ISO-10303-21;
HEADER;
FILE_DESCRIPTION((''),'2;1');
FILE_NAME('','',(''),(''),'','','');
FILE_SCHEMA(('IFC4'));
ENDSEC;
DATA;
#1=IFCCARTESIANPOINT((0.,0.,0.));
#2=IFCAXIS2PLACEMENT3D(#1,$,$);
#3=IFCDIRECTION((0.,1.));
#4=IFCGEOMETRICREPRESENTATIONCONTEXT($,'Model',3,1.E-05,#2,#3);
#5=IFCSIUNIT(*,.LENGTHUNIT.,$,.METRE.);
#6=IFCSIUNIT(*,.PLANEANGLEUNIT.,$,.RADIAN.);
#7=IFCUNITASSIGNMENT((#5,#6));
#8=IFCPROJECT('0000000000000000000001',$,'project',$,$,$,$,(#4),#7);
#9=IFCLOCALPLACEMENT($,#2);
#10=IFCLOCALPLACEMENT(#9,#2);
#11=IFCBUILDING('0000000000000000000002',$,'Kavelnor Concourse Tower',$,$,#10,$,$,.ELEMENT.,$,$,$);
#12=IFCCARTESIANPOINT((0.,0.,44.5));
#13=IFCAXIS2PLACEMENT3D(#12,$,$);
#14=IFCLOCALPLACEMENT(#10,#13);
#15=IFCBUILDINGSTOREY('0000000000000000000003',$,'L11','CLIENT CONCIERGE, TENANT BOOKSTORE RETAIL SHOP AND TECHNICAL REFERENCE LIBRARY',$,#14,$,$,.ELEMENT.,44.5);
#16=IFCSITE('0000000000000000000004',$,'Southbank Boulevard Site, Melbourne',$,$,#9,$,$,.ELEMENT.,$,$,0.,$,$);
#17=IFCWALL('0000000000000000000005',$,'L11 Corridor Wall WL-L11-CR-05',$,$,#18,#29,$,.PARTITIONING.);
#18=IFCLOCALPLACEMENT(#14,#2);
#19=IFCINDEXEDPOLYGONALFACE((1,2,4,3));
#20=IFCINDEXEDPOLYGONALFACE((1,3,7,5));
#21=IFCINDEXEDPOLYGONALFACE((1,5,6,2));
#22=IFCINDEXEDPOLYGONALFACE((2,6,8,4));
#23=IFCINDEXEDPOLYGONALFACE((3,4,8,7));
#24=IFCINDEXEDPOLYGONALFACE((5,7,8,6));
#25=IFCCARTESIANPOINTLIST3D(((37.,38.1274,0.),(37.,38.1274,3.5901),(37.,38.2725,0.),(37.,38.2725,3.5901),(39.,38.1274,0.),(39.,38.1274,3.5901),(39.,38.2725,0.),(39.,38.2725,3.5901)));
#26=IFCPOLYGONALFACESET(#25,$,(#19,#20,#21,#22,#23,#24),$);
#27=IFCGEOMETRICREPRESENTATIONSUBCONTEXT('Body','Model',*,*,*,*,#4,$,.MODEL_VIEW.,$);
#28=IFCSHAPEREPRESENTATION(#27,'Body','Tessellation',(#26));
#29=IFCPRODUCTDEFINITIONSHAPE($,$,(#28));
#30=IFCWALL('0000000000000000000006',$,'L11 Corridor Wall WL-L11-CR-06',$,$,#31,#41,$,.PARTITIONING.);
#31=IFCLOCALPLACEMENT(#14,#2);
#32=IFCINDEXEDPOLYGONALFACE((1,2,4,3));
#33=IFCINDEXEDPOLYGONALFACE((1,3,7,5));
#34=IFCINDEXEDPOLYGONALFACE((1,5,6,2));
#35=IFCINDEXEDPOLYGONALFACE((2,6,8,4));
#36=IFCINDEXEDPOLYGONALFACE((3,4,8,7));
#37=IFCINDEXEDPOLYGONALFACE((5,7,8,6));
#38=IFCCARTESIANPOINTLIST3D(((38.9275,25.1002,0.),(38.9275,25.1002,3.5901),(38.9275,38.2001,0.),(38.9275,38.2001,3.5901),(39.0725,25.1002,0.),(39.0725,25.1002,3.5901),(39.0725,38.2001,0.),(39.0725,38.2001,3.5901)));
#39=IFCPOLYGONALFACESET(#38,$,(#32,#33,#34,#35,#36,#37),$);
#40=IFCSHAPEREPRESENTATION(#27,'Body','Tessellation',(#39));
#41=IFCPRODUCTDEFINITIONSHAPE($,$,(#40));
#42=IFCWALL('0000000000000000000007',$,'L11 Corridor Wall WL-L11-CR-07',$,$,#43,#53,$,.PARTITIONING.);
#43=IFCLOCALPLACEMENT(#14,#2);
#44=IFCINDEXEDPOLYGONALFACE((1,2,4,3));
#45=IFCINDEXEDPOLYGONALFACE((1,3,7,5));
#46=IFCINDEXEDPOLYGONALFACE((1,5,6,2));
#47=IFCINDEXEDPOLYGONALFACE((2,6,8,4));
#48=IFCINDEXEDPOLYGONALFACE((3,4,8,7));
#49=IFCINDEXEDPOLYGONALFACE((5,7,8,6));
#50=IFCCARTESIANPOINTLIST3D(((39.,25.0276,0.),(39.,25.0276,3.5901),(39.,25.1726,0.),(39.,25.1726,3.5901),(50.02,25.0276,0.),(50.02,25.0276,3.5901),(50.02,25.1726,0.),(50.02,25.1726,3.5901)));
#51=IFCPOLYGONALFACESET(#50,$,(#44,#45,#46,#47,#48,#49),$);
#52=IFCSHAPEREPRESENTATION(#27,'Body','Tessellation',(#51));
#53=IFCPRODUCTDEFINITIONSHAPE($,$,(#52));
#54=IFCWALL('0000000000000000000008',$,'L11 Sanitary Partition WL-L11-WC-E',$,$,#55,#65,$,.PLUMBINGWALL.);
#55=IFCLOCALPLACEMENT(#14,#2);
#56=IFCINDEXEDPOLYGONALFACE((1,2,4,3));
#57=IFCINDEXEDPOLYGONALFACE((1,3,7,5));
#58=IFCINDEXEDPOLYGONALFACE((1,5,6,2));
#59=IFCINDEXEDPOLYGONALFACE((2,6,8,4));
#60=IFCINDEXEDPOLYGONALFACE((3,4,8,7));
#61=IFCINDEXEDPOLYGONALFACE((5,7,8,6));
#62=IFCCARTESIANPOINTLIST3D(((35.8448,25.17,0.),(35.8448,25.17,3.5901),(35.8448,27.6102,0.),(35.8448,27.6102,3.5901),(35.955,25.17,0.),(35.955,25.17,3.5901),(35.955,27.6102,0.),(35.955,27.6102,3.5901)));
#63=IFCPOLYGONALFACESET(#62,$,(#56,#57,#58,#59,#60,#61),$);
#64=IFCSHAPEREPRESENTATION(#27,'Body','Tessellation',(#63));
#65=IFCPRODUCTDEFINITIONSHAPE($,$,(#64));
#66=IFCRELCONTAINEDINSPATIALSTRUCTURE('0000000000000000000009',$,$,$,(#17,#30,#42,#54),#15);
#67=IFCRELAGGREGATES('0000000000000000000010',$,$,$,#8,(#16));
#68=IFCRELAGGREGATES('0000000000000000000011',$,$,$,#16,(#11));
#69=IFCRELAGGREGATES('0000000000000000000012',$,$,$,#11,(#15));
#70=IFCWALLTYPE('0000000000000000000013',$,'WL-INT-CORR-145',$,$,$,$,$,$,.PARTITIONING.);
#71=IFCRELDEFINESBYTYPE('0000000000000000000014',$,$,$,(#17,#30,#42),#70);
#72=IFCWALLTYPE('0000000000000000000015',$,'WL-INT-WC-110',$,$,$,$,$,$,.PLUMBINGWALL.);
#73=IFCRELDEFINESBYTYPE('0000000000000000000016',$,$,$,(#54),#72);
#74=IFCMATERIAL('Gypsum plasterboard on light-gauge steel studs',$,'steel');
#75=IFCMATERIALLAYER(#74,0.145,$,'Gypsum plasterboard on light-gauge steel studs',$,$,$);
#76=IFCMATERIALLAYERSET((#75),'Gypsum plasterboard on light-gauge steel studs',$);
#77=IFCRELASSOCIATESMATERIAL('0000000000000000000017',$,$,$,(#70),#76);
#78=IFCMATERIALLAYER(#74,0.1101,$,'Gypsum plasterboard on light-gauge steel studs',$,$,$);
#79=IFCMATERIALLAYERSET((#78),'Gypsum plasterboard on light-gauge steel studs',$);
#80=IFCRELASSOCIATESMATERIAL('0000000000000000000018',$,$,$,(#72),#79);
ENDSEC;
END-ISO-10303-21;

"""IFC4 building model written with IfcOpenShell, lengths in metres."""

from ifc_helpers import new_model, si_unit, direction, frame, frame_2d, origin, place, context, subcontext, project, spatial, rectangle, extrude, material, layer, layer_set, type_object, element, save


model = new_model("IFC4")

# Units and contexts
model_context = context("Model", 3, precision=1e-05, world=origin(), true_north=direction((0.0, 1.0)))
body_context = subcontext(model_context, "Body", "Model", "MODEL_VIEW")
ifc_project = project(units=[si_unit("LENGTHUNIT", "METRE"), si_unit("PLANEANGLEUNIT", "RADIAN")], contexts=[model_context])

# Site, building, storey
site_placement = place(None, origin())
site = spatial("IfcSite", under=ifc_project, at=site_placement, Name="Southbank Boulevard Site, Melbourne", CompositionType="ELEMENT", RefElevation=0.0)
building_placement = place(site_placement, origin())
building = spatial("IfcBuilding", under=site, at=building_placement, Name="Kavelnor Concourse Tower", CompositionType="ELEMENT")
storey_placement = place(building_placement, frame((0.0, 0.0, 44.5)))
storey = spatial("IfcBuildingStorey", under=building, at=storey_placement, Name="L11", Description="CLIENT CONCIERGE, TENANT BOOKSTORE RETAIL SHOP AND TECHNICAL REFERENCE LIBRARY", CompositionType="ELEMENT", Elevation=44.5)

# Shared definitions
ifc_material_1 = material(Name="Gypsum plasterboard on light-gauge steel studs", Category="steel")
ifc_layer_1 = layer(ifc_material_1, 0.145, Name="Gypsum plasterboard on light-gauge steel studs")
ifc_layer_set_1 = layer_set([ifc_layer_1], Name="Gypsum plasterboard on light-gauge steel studs")
wall_type_1 = type_object("IfcWallType", Name="WL-INT-CORR-145", PredefinedType="PARTITIONING", material=ifc_layer_set_1)

# Walls
wall_1_placement = place(storey_placement, frame((37.0, 38.2, 0.0), z_axis=(0.0, 0.0, 1.0), x_axis=(1.0, 0.0, 0.0)))
element("IfcWall", 1, at=wall_1_placement, inside=storey, type_object=wall_type_1, Name="L11 Corridor Wall WL-L11-CR-05", PredefinedType="PARTITIONING", context=body_context, shape_type="SweptSolid", body=[
    extrude(rectangle(XDim=2.0, YDim=0.145, at=frame_2d((1.0, 0.0))), origin(), (0.0, 0.0, 1.0), 3.5901),
])
wall_2_placement = place(storey_placement, frame((39.0, 38.2, 0.0), z_axis=(0.0, 0.0, 1.0), x_axis=(0.0, -1.0, 0.0)))
element("IfcWall", 2, at=wall_2_placement, inside=storey, type_object=wall_type_1, Name="L11 Corridor Wall WL-L11-CR-06", PredefinedType="PARTITIONING", context=body_context, shape_type="SweptSolid", body=[
    extrude(rectangle(XDim=13.0999, YDim=0.145, at=frame_2d((6.5498, 0.0))), origin(), (0.0, 0.0, 1.0), 3.5901),
])
wall_3_placement = place(storey_placement, frame((39.0, 25.1001, 0.0), z_axis=(0.0, 0.0, 1.0), x_axis=(1.0, 0.0, 0.0)))
element("IfcWall", 3, at=wall_3_placement, inside=storey, type_object=wall_type_1, Name="L11 Corridor Wall WL-L11-CR-07", PredefinedType="PARTITIONING", context=body_context, shape_type="SweptSolid", body=[
    extrude(rectangle(XDim=11.02, YDim=0.145, at=frame_2d((5.51, 0.0))), origin(), (0.0, 0.0, 1.0), 3.5901),
])
ifc_layer_2 = layer(ifc_material_1, 0.1101, Name="Gypsum plasterboard on light-gauge steel studs")
ifc_layer_set_2 = layer_set([ifc_layer_2], Name="Gypsum plasterboard on light-gauge steel studs")
wall_type_2 = type_object("IfcWallType", Name="WL-INT-WC-110", PredefinedType="PLUMBINGWALL", material=ifc_layer_set_2)
wall_4_placement = place(storey_placement, frame((35.8999, 25.1699, 0.0), z_axis=(0.0, 0.0, 1.0), x_axis=(0.0, 1.0, 0.0)))
element("IfcWall", 4, at=wall_4_placement, inside=storey, type_object=wall_type_2, Name="L11 Sanitary Partition WL-L11-WC-E", PredefinedType="PLUMBINGWALL", context=body_context, shape_type="SweptSolid", body=[
    extrude(rectangle(XDim=2.4402, YDim=0.1101, at=frame_2d((1.2202, 0.0))), origin(), (0.0, 0.0, 1.0), 3.5901),
])

save(model, "model.ifc")
